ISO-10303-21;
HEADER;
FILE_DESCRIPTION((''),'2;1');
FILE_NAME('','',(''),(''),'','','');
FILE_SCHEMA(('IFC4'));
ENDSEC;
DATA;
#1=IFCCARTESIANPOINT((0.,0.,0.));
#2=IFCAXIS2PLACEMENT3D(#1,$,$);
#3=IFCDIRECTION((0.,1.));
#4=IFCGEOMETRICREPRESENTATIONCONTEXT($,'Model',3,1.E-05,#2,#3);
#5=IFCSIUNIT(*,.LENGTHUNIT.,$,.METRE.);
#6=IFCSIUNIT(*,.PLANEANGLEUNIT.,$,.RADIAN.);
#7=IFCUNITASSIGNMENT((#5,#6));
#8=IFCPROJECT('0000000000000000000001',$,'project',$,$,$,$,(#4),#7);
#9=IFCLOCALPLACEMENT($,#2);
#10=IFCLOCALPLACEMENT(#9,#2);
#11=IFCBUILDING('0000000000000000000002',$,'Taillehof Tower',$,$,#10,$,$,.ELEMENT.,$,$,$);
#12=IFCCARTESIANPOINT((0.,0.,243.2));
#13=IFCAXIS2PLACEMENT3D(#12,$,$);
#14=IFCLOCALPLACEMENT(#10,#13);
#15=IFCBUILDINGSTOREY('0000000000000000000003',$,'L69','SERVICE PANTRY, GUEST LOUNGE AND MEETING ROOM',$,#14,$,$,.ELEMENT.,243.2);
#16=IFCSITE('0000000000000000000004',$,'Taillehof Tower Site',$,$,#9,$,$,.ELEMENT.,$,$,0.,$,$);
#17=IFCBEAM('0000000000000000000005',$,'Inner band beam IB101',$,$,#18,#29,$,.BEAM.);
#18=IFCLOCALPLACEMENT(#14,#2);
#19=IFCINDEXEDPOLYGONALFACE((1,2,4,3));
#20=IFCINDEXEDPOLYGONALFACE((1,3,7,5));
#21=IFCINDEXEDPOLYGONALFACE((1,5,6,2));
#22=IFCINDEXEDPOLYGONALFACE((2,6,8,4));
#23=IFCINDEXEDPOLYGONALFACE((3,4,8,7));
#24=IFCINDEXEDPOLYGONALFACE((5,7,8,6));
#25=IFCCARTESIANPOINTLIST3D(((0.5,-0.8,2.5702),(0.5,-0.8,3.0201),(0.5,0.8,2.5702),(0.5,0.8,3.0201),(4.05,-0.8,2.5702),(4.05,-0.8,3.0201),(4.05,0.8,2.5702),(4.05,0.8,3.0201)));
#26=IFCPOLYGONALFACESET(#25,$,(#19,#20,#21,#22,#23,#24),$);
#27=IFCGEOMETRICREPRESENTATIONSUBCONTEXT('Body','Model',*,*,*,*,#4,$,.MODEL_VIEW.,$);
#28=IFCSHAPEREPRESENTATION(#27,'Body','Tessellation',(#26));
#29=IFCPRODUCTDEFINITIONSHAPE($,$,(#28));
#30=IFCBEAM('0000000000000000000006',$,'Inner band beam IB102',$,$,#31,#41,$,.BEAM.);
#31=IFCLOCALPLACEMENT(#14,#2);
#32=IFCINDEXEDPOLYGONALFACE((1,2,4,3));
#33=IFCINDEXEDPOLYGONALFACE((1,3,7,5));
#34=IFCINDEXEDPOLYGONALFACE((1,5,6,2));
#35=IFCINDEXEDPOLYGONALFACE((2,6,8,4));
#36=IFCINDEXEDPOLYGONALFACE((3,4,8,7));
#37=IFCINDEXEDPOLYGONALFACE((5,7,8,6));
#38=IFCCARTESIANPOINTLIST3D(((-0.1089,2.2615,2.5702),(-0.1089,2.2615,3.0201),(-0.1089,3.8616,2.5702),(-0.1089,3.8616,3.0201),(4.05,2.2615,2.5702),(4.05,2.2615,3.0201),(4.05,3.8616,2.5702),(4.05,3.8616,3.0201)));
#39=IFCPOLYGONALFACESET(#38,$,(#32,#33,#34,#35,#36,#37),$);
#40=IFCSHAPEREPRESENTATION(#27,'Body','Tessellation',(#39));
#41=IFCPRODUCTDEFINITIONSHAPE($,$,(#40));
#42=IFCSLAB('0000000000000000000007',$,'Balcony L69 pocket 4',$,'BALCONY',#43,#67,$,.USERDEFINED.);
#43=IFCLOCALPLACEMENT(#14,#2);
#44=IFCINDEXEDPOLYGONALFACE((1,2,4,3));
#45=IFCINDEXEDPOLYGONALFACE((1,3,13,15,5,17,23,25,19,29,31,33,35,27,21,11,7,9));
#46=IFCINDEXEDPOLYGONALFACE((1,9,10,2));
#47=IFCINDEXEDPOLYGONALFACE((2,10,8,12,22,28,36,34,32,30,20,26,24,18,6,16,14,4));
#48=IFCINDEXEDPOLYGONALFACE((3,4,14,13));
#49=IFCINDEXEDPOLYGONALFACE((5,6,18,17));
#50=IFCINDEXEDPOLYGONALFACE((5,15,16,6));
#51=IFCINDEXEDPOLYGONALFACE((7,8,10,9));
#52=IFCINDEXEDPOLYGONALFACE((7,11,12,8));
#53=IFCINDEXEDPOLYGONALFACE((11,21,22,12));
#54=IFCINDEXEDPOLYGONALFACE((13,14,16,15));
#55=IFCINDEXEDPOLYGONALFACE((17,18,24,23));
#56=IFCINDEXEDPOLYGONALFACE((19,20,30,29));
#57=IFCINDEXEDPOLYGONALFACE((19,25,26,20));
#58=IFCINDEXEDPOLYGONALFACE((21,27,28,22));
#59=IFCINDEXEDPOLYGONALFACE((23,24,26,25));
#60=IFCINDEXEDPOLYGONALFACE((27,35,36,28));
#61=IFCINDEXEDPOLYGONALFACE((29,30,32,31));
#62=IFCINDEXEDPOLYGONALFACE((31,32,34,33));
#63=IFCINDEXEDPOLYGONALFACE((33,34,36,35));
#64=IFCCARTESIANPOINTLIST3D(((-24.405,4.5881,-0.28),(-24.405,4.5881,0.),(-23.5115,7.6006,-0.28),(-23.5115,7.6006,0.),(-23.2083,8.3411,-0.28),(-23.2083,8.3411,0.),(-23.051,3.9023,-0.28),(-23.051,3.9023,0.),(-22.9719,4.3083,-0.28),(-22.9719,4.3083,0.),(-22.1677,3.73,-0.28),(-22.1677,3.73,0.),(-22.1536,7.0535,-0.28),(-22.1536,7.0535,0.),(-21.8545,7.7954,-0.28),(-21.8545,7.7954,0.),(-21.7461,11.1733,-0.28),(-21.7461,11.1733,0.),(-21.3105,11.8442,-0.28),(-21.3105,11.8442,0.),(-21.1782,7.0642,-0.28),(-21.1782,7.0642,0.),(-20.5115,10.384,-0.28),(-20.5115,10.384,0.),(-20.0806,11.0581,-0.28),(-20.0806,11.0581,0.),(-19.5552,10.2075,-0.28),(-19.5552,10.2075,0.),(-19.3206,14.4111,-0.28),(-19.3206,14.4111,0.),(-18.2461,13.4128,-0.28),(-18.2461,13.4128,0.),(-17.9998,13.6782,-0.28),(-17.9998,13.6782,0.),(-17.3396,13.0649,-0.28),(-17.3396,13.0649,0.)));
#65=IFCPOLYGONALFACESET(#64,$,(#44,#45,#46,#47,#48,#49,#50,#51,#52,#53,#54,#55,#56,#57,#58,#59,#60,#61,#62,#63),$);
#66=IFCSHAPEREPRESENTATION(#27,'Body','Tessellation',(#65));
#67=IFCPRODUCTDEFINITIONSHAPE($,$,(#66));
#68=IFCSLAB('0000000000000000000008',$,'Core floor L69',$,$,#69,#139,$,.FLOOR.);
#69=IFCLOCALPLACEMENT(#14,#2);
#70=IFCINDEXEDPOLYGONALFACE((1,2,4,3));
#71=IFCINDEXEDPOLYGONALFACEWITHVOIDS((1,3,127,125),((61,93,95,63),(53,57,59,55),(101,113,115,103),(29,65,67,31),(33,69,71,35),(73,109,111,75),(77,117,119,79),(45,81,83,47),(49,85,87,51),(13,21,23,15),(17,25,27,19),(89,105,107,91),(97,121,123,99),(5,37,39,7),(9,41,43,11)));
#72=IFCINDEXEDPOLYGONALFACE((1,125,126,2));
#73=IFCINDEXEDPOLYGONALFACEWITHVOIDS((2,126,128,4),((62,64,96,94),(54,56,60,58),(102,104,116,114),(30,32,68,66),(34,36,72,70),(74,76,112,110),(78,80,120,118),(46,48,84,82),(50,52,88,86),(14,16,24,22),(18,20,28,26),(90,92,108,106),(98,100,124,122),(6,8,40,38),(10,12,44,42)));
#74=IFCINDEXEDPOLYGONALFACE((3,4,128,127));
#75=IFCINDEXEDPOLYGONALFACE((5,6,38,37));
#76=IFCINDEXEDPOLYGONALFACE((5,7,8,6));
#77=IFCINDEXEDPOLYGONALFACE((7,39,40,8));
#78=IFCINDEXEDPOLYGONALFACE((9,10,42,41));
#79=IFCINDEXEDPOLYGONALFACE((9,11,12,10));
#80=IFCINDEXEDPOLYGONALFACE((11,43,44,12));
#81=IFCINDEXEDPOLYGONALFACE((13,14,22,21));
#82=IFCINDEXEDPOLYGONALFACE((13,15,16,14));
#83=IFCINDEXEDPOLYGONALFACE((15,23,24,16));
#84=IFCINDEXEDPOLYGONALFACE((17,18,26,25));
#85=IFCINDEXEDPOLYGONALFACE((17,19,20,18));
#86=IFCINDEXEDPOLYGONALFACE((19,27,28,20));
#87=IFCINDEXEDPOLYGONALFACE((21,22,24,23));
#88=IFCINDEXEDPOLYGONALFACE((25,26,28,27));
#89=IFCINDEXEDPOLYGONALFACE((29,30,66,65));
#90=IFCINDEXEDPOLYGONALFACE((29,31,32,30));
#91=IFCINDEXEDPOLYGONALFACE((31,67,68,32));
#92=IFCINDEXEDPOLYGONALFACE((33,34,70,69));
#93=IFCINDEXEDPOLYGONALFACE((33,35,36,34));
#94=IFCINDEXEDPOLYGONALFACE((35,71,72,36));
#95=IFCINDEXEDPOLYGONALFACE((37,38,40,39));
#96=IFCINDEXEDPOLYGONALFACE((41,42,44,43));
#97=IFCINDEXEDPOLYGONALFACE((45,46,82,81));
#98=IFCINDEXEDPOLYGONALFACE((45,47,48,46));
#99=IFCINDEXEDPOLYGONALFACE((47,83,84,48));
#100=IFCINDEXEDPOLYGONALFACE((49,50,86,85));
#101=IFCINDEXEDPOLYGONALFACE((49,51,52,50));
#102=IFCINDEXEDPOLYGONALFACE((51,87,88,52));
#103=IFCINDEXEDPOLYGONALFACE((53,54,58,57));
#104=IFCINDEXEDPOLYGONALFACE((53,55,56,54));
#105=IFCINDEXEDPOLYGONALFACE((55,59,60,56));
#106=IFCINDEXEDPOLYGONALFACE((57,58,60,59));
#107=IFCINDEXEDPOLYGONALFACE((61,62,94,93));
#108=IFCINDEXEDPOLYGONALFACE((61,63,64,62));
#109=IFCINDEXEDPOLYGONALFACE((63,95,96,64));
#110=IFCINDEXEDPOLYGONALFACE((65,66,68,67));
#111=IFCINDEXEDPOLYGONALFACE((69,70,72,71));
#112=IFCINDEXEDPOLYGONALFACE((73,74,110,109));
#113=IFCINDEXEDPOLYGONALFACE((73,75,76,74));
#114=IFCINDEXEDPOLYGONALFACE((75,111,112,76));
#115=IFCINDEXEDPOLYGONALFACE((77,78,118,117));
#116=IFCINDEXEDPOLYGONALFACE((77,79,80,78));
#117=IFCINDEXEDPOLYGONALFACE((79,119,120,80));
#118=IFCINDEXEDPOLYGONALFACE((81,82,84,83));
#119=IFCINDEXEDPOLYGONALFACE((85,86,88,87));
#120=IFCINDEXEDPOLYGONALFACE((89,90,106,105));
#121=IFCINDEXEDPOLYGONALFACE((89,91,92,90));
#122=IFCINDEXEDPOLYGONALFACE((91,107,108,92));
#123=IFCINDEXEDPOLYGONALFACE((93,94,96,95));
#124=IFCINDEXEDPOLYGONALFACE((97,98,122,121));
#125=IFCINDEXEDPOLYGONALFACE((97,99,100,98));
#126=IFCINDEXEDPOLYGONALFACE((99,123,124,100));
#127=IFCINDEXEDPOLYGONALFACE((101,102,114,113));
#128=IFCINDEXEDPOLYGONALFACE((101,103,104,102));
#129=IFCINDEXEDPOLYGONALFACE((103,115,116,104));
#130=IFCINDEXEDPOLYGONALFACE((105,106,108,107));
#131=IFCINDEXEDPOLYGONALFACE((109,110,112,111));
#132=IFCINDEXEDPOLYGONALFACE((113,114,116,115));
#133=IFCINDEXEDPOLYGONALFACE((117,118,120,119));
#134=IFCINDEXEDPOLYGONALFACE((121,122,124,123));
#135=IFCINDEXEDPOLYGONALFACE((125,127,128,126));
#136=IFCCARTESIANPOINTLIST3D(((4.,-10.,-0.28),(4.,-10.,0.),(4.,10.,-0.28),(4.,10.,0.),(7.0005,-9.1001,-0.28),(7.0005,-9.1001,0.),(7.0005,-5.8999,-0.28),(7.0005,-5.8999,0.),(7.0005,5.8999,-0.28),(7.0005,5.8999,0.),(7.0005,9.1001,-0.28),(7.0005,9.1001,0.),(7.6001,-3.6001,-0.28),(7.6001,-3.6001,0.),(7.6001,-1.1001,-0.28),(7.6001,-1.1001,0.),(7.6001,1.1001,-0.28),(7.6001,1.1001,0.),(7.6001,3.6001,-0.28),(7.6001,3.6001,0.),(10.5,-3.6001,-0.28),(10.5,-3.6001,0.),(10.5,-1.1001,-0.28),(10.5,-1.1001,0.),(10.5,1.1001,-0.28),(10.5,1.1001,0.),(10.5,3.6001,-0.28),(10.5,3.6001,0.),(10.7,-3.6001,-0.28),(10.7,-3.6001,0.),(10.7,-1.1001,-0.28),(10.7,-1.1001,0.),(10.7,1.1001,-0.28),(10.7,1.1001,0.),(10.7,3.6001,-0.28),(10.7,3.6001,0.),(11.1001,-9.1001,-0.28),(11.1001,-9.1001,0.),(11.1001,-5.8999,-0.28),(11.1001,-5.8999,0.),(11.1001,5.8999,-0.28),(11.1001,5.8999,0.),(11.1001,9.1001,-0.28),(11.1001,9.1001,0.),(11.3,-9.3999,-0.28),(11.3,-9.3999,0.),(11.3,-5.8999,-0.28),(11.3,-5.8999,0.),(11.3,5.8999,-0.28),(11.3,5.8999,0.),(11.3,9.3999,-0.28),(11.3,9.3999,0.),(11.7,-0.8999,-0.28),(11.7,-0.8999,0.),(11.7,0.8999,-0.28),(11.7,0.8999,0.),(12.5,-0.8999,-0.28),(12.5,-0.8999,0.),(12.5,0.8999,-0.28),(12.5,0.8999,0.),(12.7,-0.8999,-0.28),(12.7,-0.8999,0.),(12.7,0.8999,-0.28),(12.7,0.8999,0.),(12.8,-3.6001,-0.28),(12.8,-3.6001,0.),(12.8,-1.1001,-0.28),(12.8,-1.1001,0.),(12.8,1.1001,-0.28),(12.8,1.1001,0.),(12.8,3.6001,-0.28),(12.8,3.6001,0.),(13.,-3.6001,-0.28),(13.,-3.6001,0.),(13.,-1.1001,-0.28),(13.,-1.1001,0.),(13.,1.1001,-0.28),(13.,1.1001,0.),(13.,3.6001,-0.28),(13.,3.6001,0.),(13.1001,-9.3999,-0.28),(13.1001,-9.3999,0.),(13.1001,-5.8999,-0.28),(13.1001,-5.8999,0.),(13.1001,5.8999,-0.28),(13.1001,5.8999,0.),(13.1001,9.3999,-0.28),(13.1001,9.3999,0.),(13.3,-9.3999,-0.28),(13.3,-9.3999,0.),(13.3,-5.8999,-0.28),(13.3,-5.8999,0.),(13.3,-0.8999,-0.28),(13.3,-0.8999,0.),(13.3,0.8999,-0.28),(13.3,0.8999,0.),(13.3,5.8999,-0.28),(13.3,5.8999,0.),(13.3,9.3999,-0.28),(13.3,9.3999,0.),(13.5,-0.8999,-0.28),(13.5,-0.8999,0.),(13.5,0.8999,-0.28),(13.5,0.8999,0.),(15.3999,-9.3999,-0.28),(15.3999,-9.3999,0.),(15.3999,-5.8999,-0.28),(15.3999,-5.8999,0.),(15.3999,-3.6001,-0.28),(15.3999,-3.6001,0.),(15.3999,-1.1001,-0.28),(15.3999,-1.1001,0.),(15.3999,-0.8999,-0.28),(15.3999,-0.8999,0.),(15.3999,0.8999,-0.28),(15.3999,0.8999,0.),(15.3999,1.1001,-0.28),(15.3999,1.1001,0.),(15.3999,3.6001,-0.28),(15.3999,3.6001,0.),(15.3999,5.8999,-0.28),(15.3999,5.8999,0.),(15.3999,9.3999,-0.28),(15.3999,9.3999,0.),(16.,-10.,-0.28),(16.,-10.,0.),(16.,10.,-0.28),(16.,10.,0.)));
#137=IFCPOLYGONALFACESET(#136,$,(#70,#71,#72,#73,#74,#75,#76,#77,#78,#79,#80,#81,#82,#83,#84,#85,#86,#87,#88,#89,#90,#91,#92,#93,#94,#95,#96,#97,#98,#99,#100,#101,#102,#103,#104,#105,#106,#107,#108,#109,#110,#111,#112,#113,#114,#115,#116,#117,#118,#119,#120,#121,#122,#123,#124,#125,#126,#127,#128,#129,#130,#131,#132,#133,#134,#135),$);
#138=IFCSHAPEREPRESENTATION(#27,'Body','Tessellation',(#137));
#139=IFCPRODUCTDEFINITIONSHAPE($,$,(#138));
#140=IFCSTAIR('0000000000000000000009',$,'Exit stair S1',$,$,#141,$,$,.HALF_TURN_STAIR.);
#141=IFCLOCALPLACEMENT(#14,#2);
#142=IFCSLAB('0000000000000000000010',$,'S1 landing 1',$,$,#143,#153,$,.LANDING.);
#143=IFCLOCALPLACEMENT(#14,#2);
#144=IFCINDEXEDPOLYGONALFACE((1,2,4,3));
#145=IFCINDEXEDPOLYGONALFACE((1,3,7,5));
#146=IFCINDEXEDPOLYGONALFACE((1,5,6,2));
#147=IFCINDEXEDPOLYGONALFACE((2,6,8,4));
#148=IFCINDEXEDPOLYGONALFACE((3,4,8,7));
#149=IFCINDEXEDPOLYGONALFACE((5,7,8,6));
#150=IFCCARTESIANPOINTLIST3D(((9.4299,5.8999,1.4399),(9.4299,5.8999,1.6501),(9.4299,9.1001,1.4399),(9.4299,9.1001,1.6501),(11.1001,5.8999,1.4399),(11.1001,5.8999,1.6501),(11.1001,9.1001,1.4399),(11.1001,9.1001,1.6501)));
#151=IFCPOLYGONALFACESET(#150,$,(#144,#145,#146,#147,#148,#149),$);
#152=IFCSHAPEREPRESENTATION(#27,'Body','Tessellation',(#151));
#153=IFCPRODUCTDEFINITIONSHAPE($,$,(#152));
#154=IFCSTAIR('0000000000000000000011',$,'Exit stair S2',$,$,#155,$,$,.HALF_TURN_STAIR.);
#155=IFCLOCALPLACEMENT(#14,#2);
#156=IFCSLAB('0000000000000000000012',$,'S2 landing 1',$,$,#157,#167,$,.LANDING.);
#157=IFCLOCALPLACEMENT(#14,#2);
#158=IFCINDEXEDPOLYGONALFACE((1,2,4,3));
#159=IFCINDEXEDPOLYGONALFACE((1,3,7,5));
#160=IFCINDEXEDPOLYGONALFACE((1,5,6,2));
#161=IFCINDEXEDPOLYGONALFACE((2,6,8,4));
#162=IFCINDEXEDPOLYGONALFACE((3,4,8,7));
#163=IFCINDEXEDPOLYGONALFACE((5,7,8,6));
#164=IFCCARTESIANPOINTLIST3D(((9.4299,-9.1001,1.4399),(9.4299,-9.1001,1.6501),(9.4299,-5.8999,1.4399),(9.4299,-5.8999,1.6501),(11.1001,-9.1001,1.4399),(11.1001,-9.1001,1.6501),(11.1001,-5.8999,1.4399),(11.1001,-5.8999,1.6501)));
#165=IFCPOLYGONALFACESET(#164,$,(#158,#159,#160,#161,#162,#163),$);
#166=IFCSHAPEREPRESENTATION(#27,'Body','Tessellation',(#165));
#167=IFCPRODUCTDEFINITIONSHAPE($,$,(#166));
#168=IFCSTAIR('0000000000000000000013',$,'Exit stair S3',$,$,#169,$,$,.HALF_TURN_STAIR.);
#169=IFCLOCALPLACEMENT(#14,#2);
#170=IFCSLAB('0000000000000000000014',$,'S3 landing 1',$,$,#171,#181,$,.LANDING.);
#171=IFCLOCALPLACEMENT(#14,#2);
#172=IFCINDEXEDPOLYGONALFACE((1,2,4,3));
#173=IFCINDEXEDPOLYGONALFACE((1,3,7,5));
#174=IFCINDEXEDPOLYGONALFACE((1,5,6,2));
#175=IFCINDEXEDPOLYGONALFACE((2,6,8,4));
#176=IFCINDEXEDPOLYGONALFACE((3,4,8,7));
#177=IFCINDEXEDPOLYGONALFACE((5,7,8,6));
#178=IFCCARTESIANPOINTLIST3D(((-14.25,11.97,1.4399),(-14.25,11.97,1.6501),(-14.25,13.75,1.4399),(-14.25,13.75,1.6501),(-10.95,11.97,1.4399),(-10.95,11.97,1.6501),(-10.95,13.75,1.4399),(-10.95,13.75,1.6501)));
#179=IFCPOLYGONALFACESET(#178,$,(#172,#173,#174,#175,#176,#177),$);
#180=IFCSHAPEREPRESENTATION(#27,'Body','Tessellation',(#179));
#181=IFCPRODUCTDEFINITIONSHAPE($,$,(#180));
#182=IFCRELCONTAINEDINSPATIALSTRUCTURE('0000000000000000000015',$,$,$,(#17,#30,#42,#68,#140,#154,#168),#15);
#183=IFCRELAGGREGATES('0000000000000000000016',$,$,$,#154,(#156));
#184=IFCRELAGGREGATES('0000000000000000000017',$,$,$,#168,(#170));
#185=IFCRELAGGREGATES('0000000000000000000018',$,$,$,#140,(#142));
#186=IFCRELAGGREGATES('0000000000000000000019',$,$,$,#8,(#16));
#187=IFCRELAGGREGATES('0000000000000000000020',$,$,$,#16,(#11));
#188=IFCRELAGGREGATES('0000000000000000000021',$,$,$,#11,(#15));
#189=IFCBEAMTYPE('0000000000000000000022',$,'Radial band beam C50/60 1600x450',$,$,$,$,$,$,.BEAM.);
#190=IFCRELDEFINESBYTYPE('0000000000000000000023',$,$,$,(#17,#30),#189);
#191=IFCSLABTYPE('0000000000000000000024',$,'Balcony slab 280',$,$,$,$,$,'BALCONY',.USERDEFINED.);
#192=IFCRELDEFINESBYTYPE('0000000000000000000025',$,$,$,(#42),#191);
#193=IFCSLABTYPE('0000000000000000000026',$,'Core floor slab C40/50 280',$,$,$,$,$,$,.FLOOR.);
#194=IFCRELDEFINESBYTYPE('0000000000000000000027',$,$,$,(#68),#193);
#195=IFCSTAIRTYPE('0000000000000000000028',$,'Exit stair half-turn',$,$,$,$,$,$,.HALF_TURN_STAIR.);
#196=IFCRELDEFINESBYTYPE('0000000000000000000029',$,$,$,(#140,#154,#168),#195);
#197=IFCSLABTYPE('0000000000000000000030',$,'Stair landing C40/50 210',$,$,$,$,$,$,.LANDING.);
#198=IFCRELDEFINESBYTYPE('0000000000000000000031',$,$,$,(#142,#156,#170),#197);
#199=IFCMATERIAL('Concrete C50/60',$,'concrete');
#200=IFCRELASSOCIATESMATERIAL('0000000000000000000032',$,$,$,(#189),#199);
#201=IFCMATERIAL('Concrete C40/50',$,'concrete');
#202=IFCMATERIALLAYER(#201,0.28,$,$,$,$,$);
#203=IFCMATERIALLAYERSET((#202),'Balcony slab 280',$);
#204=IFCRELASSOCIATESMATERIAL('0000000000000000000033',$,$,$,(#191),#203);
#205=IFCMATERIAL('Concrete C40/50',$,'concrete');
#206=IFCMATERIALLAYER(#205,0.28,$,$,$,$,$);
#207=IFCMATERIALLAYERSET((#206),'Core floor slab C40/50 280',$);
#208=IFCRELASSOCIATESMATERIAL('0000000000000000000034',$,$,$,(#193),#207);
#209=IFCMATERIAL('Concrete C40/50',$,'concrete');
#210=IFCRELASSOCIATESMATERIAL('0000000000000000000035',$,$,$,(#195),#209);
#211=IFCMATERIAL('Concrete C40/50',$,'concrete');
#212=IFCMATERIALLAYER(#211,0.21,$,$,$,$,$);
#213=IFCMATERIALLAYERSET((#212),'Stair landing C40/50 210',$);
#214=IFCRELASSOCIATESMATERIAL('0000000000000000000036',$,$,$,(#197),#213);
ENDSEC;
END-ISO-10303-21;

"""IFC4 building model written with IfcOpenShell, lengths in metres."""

from ifc_helpers import new_model, si_unit, direction, frame, origin, origin_2d, place, context, subcontext, project, spatial, polyline, rectangle, outline, extrude, material, layer, layer_set, material_profile, profile_set, type_object, element, aggregate, save


model = new_model("IFC4")

# Units and contexts
model_context = context("Model", 3, precision=1e-05, world=origin(), true_north=direction((0.0, 1.0)))
body_context = subcontext(model_context, "Body", "Model", "MODEL_VIEW")
ifc_project = project(units=[si_unit("LENGTHUNIT", "METRE"), si_unit("PLANEANGLEUNIT", "RADIAN")], contexts=[model_context])

# Site, building, storey
site_placement = place(None, origin())
site = spatial("IfcSite", under=ifc_project, at=site_placement, Name="Taillehof Tower Site", CompositionType="ELEMENT", RefElevation=0.0)
building_placement = place(site_placement, origin())
building = spatial("IfcBuilding", under=site, at=building_placement, Name="Taillehof Tower", CompositionType="ELEMENT")
storey_placement = place(building_placement, frame((0.0, 0.0, 243.2)))
storey = spatial("IfcBuildingStorey", under=building, at=storey_placement, Name="L69", Description="SERVICE PANTRY, GUEST LOUNGE AND MEETING ROOM", CompositionType="ELEMENT", Elevation=243.2)

# Beams
ifc_material_1 = material(Name="Concrete C50/60", Category="concrete")
ifc_material_profile = material_profile(ifc_material_1, rectangle(XDim=1.6001, YDim=0.45, at=origin_2d()), Name="RC 1600x450")
ifc_profile_set = profile_set([ifc_material_profile], Name="Concrete C50/60")
beam_type = type_object("IfcBeamType", Name="Radial band beam C50/60 1600x450", PredefinedType="BEAM", material=ifc_profile_set)
beam_1_placement = place(storey_placement, frame((0.5, 0.0, 2.7952), z_axis=(1.0, 0.0, 0.0), x_axis=(0.0, 1.0, 0.0)))
element("IfcBeam", 1, at=beam_1_placement, inside=storey, type_object=beam_type, Name="Inner band beam IB101", PredefinedType="BEAM", context=body_context, shape_type="SweptSolid", body=[
    extrude(rectangle(XDim=1.6001, YDim=0.45, at=origin_2d()), origin(), (0.0, 0.0, 1.0), 3.55),
])
beam_2_placement = place(storey_placement, frame((-0.1089, 3.0615, 2.7952), z_axis=(1.0, 0.0, 0.0), x_axis=(0.0, 1.0, 0.0)))
element("IfcBeam", 2, at=beam_2_placement, inside=storey, type_object=beam_type, Name="Inner band beam IB102", PredefinedType="BEAM", context=body_context, shape_type="SweptSolid", body=[
    extrude(rectangle(XDim=1.6001, YDim=0.45, at=origin_2d()), origin(), (0.0, 0.0, 1.0), 4.1589),
])

# Slabs
ifc_material_2 = material(Name="Concrete C40/50", Category="concrete")
ifc_layer_1 = layer(ifc_material_2, 0.28)
ifc_layer_set_1 = layer_set([ifc_layer_1], Name="Balcony slab 280")
slab_type_1 = type_object("IfcSlabType", Name="Balcony slab 280", ElementType="BALCONY", PredefinedType="USERDEFINED", material=ifc_layer_set_1)
slab_1_placement = place(storey_placement, frame((0.0, 0.0, -0.28)))
element("IfcSlab", 3, at=slab_1_placement, inside=storey, type_object=slab_type_1, Name="Balcony L69 pocket 4", ObjectType="BALCONY", PredefinedType="USERDEFINED", context=body_context, shape_type="SweptSolid", body=[
    extrude(outline(polyline([(-22.1677, 3.73), (-23.051, 3.9023), (-22.9719, 4.3083), (-24.405, 4.5881), (-23.5115, 7.6006), (-22.1536, 7.0535), (-21.8545, 7.7954), (-23.2083, 8.3411), (-21.7461, 11.1733), (-20.5115, 10.384), (-20.0806, 11.0581), (-21.3105, 11.8442), (-19.3206, 14.4111), (-18.2461, 13.4128), (-17.9998, 13.6782), (-17.3396, 13.0649), (-19.5552, 10.2075), (-21.1782, 7.0642), (-22.1677, 3.73)])), origin(), (0.0, 0.0, 1.0), 0.28),
])
ifc_material_3 = material(Name="Concrete C40/50", Category="concrete")
ifc_layer_2 = layer(ifc_material_3, 0.28)
ifc_layer_set_2 = layer_set([ifc_layer_2], Name="Core floor slab C40/50 280")
slab_type_2 = type_object("IfcSlabType", Name="Core floor slab C40/50 280", PredefinedType="FLOOR", material=ifc_layer_set_2)
slab_2_placement = place(storey_placement, frame((0.0, 0.0, -0.28)))
element("IfcSlab", 4, at=slab_2_placement, inside=storey, type_object=slab_type_2, Name="Core floor L69", PredefinedType="FLOOR", context=body_context, shape_type="SweptSolid", body=[
    extrude(outline(polyline([(4.0, -10.0), (4.0, 10.0), (16.0, 10.0), (16.0, -10.0), (4.0, -10.0)]), holes=[polyline([(11.1001, -9.1001), (11.1001, -5.8999), (7.0005, -5.8999), (7.0005, -9.1001), (11.1001, -9.1001)]), polyline([(10.5, -3.6001), (10.5, -1.1001), (7.6001, -1.1001), (7.6001, -3.6001), (10.5, -3.6001)]), polyline([(12.8, -3.6001), (12.8, -1.1001), (10.7, -1.1001), (10.7, -3.6001), (12.8, -3.6001)]), polyline([(12.5, -0.8999), (12.5, 0.8999), (11.7, 0.8999), (11.7, -0.8999), (12.5, -0.8999)]), polyline([(10.5, 1.1001), (10.5, 3.6001), (7.6001, 3.6001), (7.6001, 1.1001), (10.5, 1.1001)]), polyline([(12.8, 1.1001), (12.8, 3.6001), (10.7, 3.6001), (10.7, 1.1001), (12.8, 1.1001)]), polyline([(11.1001, 5.8999), (11.1001, 9.1001), (7.0005, 9.1001), (7.0005, 5.8999), (11.1001, 5.8999)]), polyline([(13.1001, 5.8999), (13.1001, 9.3999), (11.3, 9.3999), (11.3, 5.8999), (13.1001, 5.8999)]), polyline([(13.1001, -9.3999), (13.1001, -5.8999), (11.3, -5.8999), (11.3, -9.3999), (13.1001, -9.3999)]), polyline([(15.3999, -9.3999), (15.3999, -5.8999), (13.3, -5.8999), (13.3, -9.3999), (15.3999, -9.3999)]), polyline([(15.3999, -3.6001), (15.3999, -1.1001), (13.0, -1.1001), (13.0, -3.6001), (15.3999, -3.6001)]), polyline([(13.3, -0.8999), (13.3, 0.8999), (12.7, 0.8999), (12.7, -0.8999), (13.3, -0.8999)]), polyline([(15.3999, -0.8999), (15.3999, 0.8999), (13.5, 0.8999), (13.5, -0.8999), (15.3999, -0.8999)]), polyline([(15.3999, 1.1001), (15.3999, 3.6001), (13.0, 3.6001), (13.0, 1.1001), (15.3999, 1.1001)]), polyline([(15.3999, 5.8999), (15.3999, 9.3999), (13.3, 9.3999), (13.3, 5.8999), (15.3999, 5.8999)])]), origin(), (0.0, 0.0, 1.0), 0.28),
])

# Stairs, slabs
ifc_material_4 = material(Name="Concrete C40/50", Category="concrete")
stair_type = type_object("IfcStairType", Name="Exit stair half-turn", PredefinedType="HALF_TURN_STAIR", material=ifc_material_4)
stair_1_placement = place(storey_placement, origin())
stair_1 = element("IfcStair", 5, at=stair_1_placement, inside=storey, type_object=stair_type, Name="Exit stair S1", PredefinedType="HALF_TURN_STAIR")
ifc_material_5 = material(Name="Concrete C40/50", Category="concrete")
ifc_layer_3 = layer(ifc_material_5, 0.21)
ifc_layer_set_3 = layer_set([ifc_layer_3], Name="Stair landing C40/50 210")
slab_type_3 = type_object("IfcSlabType", Name="Stair landing C40/50 210", PredefinedType="LANDING", material=ifc_layer_set_3)
slab_3_placement = place(storey_placement, frame((0.0, 0.0, 1.4399)))
slab_3 = element("IfcSlab", 6, at=slab_3_placement, type_object=slab_type_3, Name="S1 landing 1", PredefinedType="LANDING", context=body_context, shape_type="SweptSolid", body=[
    extrude(outline(polyline([(9.4299, 5.8999), (11.1001, 5.8999), (11.1001, 9.1001), (9.4299, 9.1001), (9.4299, 5.8999)])), origin(), (0.0, 0.0, 1.0), 0.2102),
])
stair_2_placement = place(storey_placement, origin())
stair_2 = element("IfcStair", 7, at=stair_2_placement, inside=storey, type_object=stair_type, Name="Exit stair S2", PredefinedType="HALF_TURN_STAIR")
slab_4_placement = place(storey_placement, frame((0.0, 0.0, 1.4399)))
slab_4 = element("IfcSlab", 8, at=slab_4_placement, type_object=slab_type_3, Name="S2 landing 1", PredefinedType="LANDING", context=body_context, shape_type="SweptSolid", body=[
    extrude(outline(polyline([(9.4299, -5.8999), (11.1001, -5.8999), (11.1001, -9.1001), (9.4299, -9.1001), (9.4299, -5.8999)])), origin(), (0.0, 0.0, 1.0), 0.2102),
])
aggregate(stair_2, [slab_4])
stair_3_placement = place(storey_placement, origin())
stair_3 = element("IfcStair", 9, at=stair_3_placement, inside=storey, type_object=stair_type, Name="Exit stair S3", PredefinedType="HALF_TURN_STAIR")
slab_5_placement = place(storey_placement, frame((0.0, 0.0, 1.4399)))
slab_5 = element("IfcSlab", 10, at=slab_5_placement, type_object=slab_type_3, Name="S3 landing 1", PredefinedType="LANDING", context=body_context, shape_type="SweptSolid", body=[
    extrude(outline(polyline([(-14.25, 11.97), (-14.25, 13.75), (-10.95, 13.75), (-10.95, 11.97), (-14.25, 11.97)])), origin(), (0.0, 0.0, 1.0), 0.2102),
])
aggregate(stair_3, [slab_5])

aggregate(stair_1, [slab_3])

save(model, "model.ifc")
